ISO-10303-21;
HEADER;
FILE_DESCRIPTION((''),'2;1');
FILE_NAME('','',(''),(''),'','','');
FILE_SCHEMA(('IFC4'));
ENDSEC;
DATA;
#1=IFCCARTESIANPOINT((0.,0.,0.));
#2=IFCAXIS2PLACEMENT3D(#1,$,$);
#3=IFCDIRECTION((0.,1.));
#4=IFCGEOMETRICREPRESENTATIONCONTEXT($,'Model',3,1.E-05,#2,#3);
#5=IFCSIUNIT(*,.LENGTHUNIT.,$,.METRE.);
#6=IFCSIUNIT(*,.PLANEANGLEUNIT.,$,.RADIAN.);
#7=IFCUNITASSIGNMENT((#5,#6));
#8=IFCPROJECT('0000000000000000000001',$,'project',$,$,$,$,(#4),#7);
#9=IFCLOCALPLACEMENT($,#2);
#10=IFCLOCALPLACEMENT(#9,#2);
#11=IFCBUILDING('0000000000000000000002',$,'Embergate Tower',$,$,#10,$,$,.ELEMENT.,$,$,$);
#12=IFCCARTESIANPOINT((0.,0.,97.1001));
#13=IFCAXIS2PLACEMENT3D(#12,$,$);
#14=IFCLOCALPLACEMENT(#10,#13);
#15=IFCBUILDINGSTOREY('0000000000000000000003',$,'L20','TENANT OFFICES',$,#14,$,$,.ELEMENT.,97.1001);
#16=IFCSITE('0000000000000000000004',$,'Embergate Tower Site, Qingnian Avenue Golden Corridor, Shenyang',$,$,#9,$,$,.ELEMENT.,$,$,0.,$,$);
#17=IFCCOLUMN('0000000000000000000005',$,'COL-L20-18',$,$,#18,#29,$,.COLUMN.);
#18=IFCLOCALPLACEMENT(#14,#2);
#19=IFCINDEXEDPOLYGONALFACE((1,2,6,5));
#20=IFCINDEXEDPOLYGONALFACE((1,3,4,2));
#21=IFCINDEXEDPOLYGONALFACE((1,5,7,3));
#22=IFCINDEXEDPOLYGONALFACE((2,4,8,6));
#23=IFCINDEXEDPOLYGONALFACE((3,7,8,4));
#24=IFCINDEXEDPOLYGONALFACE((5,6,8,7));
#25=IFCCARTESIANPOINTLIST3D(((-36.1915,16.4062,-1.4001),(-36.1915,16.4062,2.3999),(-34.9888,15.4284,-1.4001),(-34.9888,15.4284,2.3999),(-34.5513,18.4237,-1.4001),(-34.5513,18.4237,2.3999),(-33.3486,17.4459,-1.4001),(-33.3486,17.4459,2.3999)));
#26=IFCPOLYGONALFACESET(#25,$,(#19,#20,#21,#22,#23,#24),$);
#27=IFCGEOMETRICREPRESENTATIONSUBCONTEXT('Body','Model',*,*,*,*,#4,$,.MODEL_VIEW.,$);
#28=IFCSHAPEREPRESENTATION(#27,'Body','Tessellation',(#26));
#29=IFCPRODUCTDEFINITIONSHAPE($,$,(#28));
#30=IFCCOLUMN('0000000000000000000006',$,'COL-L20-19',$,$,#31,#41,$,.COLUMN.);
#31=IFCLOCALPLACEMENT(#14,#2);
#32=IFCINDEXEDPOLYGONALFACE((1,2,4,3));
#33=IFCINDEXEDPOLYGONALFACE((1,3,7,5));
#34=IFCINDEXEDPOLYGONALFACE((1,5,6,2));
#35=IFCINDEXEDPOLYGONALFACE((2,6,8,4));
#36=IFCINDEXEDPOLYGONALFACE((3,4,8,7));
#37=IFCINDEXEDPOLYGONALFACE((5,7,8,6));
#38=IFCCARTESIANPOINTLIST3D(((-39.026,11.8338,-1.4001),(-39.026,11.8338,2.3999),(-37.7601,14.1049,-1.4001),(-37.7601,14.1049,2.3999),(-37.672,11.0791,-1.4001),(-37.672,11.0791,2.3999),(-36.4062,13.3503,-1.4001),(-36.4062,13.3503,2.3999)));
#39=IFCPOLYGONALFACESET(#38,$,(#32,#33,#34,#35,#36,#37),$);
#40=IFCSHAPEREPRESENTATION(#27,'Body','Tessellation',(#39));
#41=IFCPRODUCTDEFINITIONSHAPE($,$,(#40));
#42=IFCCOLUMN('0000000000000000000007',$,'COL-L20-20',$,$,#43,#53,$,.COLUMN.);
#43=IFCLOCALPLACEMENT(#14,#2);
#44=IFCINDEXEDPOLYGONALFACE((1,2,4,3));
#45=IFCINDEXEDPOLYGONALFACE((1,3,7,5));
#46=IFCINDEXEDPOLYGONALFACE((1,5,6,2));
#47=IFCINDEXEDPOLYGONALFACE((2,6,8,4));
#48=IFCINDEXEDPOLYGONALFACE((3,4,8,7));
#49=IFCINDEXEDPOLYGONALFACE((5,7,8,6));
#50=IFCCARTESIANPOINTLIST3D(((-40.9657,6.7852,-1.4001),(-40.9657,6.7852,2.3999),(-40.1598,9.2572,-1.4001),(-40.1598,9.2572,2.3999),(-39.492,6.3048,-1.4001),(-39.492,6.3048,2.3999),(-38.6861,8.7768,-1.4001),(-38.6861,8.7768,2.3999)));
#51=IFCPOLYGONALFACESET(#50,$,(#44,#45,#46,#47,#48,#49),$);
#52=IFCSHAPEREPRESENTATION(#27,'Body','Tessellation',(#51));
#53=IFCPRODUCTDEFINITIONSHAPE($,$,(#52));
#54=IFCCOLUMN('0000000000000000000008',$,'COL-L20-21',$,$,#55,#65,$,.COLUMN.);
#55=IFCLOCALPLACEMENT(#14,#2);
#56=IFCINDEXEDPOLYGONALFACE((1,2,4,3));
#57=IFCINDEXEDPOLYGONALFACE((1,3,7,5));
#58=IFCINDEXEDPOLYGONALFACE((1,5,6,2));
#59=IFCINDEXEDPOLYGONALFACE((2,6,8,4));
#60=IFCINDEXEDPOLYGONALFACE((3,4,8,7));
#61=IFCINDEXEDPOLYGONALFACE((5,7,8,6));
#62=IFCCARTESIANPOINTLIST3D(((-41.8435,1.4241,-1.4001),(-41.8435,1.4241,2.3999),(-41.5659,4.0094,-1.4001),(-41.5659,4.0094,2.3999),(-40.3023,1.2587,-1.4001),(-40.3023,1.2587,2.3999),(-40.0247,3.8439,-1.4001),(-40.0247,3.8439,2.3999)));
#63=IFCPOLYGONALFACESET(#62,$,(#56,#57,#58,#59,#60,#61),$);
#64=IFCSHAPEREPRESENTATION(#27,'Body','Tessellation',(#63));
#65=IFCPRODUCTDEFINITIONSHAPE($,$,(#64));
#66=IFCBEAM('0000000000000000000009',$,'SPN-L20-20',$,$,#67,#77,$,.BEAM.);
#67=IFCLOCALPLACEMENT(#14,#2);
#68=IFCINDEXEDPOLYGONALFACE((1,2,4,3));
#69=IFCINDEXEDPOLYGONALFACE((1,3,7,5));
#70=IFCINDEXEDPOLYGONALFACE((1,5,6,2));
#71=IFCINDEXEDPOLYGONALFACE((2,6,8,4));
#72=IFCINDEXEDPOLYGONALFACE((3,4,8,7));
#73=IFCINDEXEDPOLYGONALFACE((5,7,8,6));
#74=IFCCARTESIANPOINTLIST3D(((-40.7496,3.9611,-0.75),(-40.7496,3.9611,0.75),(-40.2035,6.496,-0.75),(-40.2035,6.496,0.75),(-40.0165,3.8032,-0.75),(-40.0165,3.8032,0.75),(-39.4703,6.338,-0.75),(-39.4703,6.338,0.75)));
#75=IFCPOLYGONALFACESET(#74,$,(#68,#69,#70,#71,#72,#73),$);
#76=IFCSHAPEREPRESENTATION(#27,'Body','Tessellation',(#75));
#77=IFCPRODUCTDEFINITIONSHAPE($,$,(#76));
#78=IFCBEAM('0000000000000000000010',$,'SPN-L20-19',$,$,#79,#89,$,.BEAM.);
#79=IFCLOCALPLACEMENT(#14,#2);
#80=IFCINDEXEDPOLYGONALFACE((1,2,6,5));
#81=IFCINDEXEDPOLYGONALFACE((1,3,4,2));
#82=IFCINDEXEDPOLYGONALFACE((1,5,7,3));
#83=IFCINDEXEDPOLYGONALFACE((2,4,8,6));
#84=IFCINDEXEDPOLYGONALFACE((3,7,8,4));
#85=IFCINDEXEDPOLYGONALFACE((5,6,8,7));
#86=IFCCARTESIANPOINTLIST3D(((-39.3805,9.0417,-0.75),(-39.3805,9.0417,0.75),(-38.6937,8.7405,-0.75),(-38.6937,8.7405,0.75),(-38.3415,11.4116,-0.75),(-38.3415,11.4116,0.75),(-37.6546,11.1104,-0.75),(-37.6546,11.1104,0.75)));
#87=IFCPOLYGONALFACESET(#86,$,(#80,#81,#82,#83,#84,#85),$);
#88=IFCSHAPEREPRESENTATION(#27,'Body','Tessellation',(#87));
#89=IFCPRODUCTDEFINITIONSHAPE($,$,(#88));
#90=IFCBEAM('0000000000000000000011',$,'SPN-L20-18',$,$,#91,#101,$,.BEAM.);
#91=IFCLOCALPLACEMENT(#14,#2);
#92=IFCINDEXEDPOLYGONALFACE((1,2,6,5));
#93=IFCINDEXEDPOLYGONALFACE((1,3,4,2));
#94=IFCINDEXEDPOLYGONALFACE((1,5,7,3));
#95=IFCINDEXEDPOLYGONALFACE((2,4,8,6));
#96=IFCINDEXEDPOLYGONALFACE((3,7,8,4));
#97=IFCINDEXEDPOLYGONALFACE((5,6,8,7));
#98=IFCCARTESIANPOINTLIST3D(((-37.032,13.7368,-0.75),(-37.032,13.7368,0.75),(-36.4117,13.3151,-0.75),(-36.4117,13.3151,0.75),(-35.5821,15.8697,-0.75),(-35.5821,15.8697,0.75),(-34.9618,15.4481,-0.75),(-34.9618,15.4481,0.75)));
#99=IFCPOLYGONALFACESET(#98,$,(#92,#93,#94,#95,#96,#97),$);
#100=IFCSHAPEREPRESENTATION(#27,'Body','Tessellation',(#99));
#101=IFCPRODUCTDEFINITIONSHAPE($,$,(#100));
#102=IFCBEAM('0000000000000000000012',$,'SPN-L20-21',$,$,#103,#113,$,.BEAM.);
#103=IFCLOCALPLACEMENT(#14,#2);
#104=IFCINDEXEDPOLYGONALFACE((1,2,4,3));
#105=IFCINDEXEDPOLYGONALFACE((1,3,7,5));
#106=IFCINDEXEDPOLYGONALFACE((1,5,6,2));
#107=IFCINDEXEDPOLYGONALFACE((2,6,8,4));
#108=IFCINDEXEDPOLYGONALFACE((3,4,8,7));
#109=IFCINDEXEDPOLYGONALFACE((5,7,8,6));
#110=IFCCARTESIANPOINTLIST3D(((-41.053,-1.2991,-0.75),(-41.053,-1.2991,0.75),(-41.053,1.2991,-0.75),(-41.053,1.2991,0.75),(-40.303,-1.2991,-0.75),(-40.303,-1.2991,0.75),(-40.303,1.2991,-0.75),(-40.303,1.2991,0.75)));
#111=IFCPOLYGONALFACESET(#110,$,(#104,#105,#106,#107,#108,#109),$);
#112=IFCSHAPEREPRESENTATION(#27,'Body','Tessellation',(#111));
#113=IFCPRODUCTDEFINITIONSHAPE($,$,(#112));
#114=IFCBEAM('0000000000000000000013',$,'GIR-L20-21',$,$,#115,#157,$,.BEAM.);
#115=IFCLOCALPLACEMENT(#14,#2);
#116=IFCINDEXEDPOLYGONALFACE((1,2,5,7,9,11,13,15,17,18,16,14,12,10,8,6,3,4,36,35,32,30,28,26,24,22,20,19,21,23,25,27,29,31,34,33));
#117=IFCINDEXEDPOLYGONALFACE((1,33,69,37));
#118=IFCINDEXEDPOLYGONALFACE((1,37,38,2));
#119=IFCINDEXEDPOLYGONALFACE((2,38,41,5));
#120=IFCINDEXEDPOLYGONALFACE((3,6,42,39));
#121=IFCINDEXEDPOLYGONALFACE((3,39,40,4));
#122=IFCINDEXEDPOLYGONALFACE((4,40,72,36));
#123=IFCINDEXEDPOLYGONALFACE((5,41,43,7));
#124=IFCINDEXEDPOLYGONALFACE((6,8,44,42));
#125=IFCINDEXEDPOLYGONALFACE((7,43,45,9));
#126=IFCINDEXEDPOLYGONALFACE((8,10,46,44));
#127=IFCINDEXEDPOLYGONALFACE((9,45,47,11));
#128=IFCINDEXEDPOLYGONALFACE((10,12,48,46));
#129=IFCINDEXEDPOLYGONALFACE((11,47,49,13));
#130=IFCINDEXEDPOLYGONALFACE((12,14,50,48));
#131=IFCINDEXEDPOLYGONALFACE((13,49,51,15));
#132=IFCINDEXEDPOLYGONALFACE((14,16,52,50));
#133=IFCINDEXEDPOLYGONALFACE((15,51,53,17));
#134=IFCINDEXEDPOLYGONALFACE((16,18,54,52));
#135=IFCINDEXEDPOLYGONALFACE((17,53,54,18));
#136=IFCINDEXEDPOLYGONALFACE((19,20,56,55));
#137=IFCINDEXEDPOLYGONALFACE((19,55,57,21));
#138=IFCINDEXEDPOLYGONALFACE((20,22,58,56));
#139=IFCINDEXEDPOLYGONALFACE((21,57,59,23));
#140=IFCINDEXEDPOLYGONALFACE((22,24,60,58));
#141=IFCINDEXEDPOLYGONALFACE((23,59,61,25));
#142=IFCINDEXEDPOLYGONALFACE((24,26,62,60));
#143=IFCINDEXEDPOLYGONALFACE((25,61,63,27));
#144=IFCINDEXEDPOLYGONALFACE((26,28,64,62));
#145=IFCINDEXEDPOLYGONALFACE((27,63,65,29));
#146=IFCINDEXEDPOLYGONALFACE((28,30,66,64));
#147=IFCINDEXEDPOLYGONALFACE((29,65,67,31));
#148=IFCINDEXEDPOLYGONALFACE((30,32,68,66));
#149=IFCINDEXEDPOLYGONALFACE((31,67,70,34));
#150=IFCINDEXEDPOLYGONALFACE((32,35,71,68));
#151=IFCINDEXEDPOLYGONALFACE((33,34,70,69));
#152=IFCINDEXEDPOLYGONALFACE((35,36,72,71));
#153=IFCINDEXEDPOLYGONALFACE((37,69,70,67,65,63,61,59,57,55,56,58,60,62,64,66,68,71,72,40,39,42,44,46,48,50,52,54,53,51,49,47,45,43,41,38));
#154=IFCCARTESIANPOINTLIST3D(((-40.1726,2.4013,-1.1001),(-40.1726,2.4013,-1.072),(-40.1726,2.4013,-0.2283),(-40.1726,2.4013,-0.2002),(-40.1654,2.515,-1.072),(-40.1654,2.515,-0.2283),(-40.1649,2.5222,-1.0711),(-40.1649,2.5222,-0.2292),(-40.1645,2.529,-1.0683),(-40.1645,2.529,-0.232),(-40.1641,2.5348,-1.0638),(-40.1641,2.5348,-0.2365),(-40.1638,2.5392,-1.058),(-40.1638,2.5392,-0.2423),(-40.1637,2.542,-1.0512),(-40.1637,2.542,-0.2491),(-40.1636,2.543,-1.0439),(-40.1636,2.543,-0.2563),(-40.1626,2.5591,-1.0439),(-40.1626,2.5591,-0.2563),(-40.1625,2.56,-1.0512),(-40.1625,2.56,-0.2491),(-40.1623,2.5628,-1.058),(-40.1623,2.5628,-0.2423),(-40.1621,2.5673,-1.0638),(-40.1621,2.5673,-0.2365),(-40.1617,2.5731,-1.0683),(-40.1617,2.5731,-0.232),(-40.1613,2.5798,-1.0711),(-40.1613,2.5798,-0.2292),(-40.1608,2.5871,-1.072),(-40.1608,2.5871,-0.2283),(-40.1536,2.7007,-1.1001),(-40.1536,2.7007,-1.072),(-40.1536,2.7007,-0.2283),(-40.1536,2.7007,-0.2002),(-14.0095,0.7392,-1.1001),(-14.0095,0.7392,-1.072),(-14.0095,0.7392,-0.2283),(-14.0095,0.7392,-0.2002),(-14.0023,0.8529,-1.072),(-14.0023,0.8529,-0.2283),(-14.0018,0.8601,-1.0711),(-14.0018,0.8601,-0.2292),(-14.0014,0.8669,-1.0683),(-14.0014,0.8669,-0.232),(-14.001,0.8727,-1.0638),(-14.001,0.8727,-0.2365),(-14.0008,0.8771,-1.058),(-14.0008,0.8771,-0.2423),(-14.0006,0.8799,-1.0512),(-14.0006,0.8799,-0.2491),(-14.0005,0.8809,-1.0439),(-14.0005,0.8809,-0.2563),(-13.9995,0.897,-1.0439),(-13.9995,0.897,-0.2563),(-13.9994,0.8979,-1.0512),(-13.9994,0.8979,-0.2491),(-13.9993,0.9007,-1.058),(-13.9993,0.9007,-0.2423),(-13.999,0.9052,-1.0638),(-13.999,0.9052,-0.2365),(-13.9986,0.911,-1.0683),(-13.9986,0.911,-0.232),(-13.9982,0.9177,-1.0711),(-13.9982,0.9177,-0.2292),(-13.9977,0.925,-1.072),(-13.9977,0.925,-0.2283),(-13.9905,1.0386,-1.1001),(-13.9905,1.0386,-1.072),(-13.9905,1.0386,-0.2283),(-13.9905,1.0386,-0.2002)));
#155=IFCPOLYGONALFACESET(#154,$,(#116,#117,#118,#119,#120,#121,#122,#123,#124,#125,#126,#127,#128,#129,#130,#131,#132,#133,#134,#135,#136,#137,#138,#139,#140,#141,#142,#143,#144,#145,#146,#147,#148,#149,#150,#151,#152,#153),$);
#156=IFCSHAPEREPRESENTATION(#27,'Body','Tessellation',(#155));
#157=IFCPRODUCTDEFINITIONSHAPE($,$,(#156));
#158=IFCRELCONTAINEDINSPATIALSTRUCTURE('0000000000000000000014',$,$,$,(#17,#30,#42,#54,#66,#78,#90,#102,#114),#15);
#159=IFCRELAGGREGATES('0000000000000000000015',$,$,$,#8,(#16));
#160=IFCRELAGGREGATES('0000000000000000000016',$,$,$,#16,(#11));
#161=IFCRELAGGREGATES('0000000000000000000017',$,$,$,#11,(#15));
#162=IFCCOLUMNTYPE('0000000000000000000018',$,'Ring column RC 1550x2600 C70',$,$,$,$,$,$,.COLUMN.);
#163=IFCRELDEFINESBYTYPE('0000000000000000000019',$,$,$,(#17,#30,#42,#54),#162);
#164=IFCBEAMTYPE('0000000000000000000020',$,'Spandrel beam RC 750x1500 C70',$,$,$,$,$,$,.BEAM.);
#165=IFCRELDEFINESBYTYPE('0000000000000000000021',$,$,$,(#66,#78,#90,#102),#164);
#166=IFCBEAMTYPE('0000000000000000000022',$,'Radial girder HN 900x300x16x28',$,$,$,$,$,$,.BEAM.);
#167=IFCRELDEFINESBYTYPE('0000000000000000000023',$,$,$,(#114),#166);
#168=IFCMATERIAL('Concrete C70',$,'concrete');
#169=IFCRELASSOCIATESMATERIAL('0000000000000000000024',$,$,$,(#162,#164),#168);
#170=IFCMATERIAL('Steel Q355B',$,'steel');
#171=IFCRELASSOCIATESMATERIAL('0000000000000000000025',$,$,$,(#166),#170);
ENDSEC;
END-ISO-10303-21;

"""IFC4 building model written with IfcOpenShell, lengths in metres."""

from ifc_helpers import new_model, si_unit, direction, frame, origin, origin_2d, place, context, subcontext, project, spatial, rectangle, i_section, extrude, source, transform, mapped, material, material_profile, profile_set, type_object, element, save


model = new_model("IFC4")

# Units and contexts
model_context = context("Model", 3, precision=1e-05, world=origin(), true_north=direction((0.0, 1.0)))
body_context = subcontext(model_context, "Body", "Model", "MODEL_VIEW")
ifc_project = project(units=[si_unit("LENGTHUNIT", "METRE"), si_unit("PLANEANGLEUNIT", "RADIAN")], contexts=[model_context])

# Site, building, storey
site_placement = place(None, origin())
site = spatial("IfcSite", under=ifc_project, at=site_placement, Name="Embergate Tower Site, Qingnian Avenue Golden Corridor, Shenyang", CompositionType="ELEMENT", RefElevation=0.0)
building_placement = place(site_placement, origin())
building = spatial("IfcBuilding", under=site, at=building_placement, Name="Embergate Tower", CompositionType="ELEMENT")
storey_placement = place(building_placement, frame((0.0, 0.0, 97.1001)))
storey = spatial("IfcBuildingStorey", under=building, at=storey_placement, Name="L20", Description="TENANT OFFICES", CompositionType="ELEMENT", Elevation=97.1001)

# Columns
ifc_material_1 = material(Name="Concrete C70", Category="concrete")
ifc_material_profile_1 = material_profile(ifc_material_1, rectangle(XDim=1.55, YDim=2.6001, at=origin_2d()), Name="RC 1550x2600")
ifc_profile_set_1 = profile_set([ifc_material_profile_1], Name="Concrete C70")
column_type = type_object("IfcColumnType", Name="Ring column RC 1550x2600 C70", PredefinedType="COLUMN", material=ifc_profile_set_1)
shared_shape_1 = source(origin(), body_context, "Body", "SweptSolid", [
    extrude(rectangle(XDim=1.55, YDim=2.6001, at=origin_2d()), origin(), (0.0, 0.0, 1.0), 3.8),
])
for number, where, z_axis, x_axis, name in (
    (1, (-34.77, 16.926, -1.4001), (0.0, 0.0, 1.0), (-0.775925, 0.630825, 0.0), "COL-L20-18"),
    (2, (-37.7161, 12.592, -1.4001), (0.0, 0.0, 1.0), (-0.873492, 0.486839, 0.0), "COL-L20-19"),
    (3, (-39.8259, 7.781, -1.4001), (0.0, 0.0, 1.0), (-0.950754, 0.309946, 0.0), "COL-L20-20"),
    (4, (-40.9341, 2.634, -1.4001), (0.0, 0.0, 1.0), (-0.994286, 0.10675, 0.0), "COL-L20-21"),
):
    element("IfcColumn", number, at=place(storey_placement, frame(where, z_axis=z_axis, x_axis=x_axis)), inside=storey, type_object=column_type, Name=name, PredefinedType="COLUMN", context=body_context, shape_type="MappedRepresentation", body=[
        mapped(shared_shape_1, transform((0.0, 0.0, 0.0))),
    ])

# Beams
ifc_material_profile_2 = material_profile(ifc_material_1, rectangle(XDim=0.75, YDim=1.5, at=origin_2d()), Name="RC 750x1500")
ifc_profile_set_2 = profile_set([ifc_material_profile_2], Name="Concrete C70")
beam_type_1 = type_object("IfcBeamType", Name="Spandrel beam RC 750x1500 C70", PredefinedType="BEAM", material=ifc_profile_set_2)
shared_shape_2 = source(origin(), body_context, "Body", "SweptSolid", [
    extrude(rectangle(XDim=0.75, YDim=1.5, at=origin_2d()), origin(), (0.0, 0.0, 1.0), 2.593),
])
beam_1_placement = place(storey_placement, frame((-39.8369, 6.417, 0.0), z_axis=(-0.210616, -0.977569, 0.0), x_axis=(0.977569, -0.210616, 0.0)))
element("IfcBeam", 5, at=beam_1_placement, inside=storey, type_object=beam_type_1, Name="SPN-L20-20", PredefinedType="BEAM", context=body_context, shape_type="MappedRepresentation", body=[
    mapped(shared_shape_2, transform((0.0, 0.0, 0.0))),
])
shared_shape_3 = source(origin(), body_context, "Body", "SweptSolid", [
    extrude(rectangle(XDim=0.75, YDim=1.5, at=origin_2d()), origin(), (0.0, 0.0, 1.0), 2.5876),
])
beam_2_placement = place(storey_placement, frame((-37.998, 11.261, 0.0), z_axis=(-0.401546, -0.915839, 0.0), x_axis=(0.915839, -0.401546, 0.0)))
element("IfcBeam", 6, at=beam_2_placement, inside=storey, type_object=beam_type_1, Name="SPN-L20-19", PredefinedType="BEAM", context=body_context, shape_type="MappedRepresentation", body=[
    mapped(shared_shape_3, transform((0.0, 0.0, 0.0))),
])
shared_shape_4 = source(origin(), body_context, "Body", "SweptSolid", [
    extrude(rectangle(XDim=0.75, YDim=1.5, at=origin_2d()), origin(), (0.0, 0.0, 1.0), 2.5791),
])
beam_3_placement = place(storey_placement, frame((-35.272, 15.6589, 0.0), z_axis=(-0.56217, -0.827022, 0.0), x_axis=(0.827022, -0.56217, 0.0)))
element("IfcBeam", 7, at=beam_3_placement, inside=storey, type_object=beam_type_1, Name="SPN-L20-18", PredefinedType="BEAM", context=body_context, shape_type="MappedRepresentation", body=[
    mapped(shared_shape_4, transform((0.0, 0.0, 0.0))),
])
shared_shape_5 = source(origin(), body_context, "Body", "SweptSolid", [
    extrude(rectangle(XDim=0.75, YDim=1.5, at=origin_2d()), origin(), (0.0, 0.0, 1.0), 2.5981),
])
beam_4_placement = place(storey_placement, frame((-40.678, 1.2991, 0.0), z_axis=(0.0, -1.0, 0.0), x_axis=(1.0, 0.0, 0.0)))
element("IfcBeam", 8, at=beam_4_placement, inside=storey, type_object=beam_type_1, Name="SPN-L20-21", PredefinedType="BEAM", context=body_context, shape_type="MappedRepresentation", body=[
    mapped(shared_shape_5, transform((0.0, 0.0, 0.0))),
])
ifc_material_2 = material(Name="Steel Q355B", Category="steel")
ifc_material_profile_3 = material_profile(ifc_material_2, i_section(OverallWidth=0.3, OverallDepth=0.8999, WebThickness=0.0161, FlangeThickness=0.0281, FilletRadius=0.0281, at=origin_2d()), Name="HN 900x300x16x28")
ifc_profile_set_3 = profile_set([ifc_material_profile_3], Name="Steel Q355 grade B")
beam_type_2 = type_object("IfcBeamType", Name="Radial girder HN 900x300x16x28", PredefinedType="BEAM", material=ifc_profile_set_3)
shared_shape_6 = source(origin(), body_context, "Body", "SweptSolid", [
    extrude(i_section(OverallWidth=0.3, OverallDepth=0.8999, WebThickness=0.0161, FlangeThickness=0.0281, FilletRadius=0.0281, at=origin_2d()), origin(), (0.0, 0.0, 1.0), 26.2158),
])
beam_5_placement = place(storey_placement, frame((-40.1631, 2.551, -0.6501), z_axis=(0.997988, -0.063401, 0.0), x_axis=(0.063401, 0.997988, 0.0)))
element("IfcBeam", 9, at=beam_5_placement, inside=storey, type_object=beam_type_2, Name="GIR-L20-21", PredefinedType="BEAM", context=body_context, shape_type="MappedRepresentation", body=[
    mapped(shared_shape_6, transform((0.0, 0.0, 0.0))),
])

save(model, "model.ifc")
